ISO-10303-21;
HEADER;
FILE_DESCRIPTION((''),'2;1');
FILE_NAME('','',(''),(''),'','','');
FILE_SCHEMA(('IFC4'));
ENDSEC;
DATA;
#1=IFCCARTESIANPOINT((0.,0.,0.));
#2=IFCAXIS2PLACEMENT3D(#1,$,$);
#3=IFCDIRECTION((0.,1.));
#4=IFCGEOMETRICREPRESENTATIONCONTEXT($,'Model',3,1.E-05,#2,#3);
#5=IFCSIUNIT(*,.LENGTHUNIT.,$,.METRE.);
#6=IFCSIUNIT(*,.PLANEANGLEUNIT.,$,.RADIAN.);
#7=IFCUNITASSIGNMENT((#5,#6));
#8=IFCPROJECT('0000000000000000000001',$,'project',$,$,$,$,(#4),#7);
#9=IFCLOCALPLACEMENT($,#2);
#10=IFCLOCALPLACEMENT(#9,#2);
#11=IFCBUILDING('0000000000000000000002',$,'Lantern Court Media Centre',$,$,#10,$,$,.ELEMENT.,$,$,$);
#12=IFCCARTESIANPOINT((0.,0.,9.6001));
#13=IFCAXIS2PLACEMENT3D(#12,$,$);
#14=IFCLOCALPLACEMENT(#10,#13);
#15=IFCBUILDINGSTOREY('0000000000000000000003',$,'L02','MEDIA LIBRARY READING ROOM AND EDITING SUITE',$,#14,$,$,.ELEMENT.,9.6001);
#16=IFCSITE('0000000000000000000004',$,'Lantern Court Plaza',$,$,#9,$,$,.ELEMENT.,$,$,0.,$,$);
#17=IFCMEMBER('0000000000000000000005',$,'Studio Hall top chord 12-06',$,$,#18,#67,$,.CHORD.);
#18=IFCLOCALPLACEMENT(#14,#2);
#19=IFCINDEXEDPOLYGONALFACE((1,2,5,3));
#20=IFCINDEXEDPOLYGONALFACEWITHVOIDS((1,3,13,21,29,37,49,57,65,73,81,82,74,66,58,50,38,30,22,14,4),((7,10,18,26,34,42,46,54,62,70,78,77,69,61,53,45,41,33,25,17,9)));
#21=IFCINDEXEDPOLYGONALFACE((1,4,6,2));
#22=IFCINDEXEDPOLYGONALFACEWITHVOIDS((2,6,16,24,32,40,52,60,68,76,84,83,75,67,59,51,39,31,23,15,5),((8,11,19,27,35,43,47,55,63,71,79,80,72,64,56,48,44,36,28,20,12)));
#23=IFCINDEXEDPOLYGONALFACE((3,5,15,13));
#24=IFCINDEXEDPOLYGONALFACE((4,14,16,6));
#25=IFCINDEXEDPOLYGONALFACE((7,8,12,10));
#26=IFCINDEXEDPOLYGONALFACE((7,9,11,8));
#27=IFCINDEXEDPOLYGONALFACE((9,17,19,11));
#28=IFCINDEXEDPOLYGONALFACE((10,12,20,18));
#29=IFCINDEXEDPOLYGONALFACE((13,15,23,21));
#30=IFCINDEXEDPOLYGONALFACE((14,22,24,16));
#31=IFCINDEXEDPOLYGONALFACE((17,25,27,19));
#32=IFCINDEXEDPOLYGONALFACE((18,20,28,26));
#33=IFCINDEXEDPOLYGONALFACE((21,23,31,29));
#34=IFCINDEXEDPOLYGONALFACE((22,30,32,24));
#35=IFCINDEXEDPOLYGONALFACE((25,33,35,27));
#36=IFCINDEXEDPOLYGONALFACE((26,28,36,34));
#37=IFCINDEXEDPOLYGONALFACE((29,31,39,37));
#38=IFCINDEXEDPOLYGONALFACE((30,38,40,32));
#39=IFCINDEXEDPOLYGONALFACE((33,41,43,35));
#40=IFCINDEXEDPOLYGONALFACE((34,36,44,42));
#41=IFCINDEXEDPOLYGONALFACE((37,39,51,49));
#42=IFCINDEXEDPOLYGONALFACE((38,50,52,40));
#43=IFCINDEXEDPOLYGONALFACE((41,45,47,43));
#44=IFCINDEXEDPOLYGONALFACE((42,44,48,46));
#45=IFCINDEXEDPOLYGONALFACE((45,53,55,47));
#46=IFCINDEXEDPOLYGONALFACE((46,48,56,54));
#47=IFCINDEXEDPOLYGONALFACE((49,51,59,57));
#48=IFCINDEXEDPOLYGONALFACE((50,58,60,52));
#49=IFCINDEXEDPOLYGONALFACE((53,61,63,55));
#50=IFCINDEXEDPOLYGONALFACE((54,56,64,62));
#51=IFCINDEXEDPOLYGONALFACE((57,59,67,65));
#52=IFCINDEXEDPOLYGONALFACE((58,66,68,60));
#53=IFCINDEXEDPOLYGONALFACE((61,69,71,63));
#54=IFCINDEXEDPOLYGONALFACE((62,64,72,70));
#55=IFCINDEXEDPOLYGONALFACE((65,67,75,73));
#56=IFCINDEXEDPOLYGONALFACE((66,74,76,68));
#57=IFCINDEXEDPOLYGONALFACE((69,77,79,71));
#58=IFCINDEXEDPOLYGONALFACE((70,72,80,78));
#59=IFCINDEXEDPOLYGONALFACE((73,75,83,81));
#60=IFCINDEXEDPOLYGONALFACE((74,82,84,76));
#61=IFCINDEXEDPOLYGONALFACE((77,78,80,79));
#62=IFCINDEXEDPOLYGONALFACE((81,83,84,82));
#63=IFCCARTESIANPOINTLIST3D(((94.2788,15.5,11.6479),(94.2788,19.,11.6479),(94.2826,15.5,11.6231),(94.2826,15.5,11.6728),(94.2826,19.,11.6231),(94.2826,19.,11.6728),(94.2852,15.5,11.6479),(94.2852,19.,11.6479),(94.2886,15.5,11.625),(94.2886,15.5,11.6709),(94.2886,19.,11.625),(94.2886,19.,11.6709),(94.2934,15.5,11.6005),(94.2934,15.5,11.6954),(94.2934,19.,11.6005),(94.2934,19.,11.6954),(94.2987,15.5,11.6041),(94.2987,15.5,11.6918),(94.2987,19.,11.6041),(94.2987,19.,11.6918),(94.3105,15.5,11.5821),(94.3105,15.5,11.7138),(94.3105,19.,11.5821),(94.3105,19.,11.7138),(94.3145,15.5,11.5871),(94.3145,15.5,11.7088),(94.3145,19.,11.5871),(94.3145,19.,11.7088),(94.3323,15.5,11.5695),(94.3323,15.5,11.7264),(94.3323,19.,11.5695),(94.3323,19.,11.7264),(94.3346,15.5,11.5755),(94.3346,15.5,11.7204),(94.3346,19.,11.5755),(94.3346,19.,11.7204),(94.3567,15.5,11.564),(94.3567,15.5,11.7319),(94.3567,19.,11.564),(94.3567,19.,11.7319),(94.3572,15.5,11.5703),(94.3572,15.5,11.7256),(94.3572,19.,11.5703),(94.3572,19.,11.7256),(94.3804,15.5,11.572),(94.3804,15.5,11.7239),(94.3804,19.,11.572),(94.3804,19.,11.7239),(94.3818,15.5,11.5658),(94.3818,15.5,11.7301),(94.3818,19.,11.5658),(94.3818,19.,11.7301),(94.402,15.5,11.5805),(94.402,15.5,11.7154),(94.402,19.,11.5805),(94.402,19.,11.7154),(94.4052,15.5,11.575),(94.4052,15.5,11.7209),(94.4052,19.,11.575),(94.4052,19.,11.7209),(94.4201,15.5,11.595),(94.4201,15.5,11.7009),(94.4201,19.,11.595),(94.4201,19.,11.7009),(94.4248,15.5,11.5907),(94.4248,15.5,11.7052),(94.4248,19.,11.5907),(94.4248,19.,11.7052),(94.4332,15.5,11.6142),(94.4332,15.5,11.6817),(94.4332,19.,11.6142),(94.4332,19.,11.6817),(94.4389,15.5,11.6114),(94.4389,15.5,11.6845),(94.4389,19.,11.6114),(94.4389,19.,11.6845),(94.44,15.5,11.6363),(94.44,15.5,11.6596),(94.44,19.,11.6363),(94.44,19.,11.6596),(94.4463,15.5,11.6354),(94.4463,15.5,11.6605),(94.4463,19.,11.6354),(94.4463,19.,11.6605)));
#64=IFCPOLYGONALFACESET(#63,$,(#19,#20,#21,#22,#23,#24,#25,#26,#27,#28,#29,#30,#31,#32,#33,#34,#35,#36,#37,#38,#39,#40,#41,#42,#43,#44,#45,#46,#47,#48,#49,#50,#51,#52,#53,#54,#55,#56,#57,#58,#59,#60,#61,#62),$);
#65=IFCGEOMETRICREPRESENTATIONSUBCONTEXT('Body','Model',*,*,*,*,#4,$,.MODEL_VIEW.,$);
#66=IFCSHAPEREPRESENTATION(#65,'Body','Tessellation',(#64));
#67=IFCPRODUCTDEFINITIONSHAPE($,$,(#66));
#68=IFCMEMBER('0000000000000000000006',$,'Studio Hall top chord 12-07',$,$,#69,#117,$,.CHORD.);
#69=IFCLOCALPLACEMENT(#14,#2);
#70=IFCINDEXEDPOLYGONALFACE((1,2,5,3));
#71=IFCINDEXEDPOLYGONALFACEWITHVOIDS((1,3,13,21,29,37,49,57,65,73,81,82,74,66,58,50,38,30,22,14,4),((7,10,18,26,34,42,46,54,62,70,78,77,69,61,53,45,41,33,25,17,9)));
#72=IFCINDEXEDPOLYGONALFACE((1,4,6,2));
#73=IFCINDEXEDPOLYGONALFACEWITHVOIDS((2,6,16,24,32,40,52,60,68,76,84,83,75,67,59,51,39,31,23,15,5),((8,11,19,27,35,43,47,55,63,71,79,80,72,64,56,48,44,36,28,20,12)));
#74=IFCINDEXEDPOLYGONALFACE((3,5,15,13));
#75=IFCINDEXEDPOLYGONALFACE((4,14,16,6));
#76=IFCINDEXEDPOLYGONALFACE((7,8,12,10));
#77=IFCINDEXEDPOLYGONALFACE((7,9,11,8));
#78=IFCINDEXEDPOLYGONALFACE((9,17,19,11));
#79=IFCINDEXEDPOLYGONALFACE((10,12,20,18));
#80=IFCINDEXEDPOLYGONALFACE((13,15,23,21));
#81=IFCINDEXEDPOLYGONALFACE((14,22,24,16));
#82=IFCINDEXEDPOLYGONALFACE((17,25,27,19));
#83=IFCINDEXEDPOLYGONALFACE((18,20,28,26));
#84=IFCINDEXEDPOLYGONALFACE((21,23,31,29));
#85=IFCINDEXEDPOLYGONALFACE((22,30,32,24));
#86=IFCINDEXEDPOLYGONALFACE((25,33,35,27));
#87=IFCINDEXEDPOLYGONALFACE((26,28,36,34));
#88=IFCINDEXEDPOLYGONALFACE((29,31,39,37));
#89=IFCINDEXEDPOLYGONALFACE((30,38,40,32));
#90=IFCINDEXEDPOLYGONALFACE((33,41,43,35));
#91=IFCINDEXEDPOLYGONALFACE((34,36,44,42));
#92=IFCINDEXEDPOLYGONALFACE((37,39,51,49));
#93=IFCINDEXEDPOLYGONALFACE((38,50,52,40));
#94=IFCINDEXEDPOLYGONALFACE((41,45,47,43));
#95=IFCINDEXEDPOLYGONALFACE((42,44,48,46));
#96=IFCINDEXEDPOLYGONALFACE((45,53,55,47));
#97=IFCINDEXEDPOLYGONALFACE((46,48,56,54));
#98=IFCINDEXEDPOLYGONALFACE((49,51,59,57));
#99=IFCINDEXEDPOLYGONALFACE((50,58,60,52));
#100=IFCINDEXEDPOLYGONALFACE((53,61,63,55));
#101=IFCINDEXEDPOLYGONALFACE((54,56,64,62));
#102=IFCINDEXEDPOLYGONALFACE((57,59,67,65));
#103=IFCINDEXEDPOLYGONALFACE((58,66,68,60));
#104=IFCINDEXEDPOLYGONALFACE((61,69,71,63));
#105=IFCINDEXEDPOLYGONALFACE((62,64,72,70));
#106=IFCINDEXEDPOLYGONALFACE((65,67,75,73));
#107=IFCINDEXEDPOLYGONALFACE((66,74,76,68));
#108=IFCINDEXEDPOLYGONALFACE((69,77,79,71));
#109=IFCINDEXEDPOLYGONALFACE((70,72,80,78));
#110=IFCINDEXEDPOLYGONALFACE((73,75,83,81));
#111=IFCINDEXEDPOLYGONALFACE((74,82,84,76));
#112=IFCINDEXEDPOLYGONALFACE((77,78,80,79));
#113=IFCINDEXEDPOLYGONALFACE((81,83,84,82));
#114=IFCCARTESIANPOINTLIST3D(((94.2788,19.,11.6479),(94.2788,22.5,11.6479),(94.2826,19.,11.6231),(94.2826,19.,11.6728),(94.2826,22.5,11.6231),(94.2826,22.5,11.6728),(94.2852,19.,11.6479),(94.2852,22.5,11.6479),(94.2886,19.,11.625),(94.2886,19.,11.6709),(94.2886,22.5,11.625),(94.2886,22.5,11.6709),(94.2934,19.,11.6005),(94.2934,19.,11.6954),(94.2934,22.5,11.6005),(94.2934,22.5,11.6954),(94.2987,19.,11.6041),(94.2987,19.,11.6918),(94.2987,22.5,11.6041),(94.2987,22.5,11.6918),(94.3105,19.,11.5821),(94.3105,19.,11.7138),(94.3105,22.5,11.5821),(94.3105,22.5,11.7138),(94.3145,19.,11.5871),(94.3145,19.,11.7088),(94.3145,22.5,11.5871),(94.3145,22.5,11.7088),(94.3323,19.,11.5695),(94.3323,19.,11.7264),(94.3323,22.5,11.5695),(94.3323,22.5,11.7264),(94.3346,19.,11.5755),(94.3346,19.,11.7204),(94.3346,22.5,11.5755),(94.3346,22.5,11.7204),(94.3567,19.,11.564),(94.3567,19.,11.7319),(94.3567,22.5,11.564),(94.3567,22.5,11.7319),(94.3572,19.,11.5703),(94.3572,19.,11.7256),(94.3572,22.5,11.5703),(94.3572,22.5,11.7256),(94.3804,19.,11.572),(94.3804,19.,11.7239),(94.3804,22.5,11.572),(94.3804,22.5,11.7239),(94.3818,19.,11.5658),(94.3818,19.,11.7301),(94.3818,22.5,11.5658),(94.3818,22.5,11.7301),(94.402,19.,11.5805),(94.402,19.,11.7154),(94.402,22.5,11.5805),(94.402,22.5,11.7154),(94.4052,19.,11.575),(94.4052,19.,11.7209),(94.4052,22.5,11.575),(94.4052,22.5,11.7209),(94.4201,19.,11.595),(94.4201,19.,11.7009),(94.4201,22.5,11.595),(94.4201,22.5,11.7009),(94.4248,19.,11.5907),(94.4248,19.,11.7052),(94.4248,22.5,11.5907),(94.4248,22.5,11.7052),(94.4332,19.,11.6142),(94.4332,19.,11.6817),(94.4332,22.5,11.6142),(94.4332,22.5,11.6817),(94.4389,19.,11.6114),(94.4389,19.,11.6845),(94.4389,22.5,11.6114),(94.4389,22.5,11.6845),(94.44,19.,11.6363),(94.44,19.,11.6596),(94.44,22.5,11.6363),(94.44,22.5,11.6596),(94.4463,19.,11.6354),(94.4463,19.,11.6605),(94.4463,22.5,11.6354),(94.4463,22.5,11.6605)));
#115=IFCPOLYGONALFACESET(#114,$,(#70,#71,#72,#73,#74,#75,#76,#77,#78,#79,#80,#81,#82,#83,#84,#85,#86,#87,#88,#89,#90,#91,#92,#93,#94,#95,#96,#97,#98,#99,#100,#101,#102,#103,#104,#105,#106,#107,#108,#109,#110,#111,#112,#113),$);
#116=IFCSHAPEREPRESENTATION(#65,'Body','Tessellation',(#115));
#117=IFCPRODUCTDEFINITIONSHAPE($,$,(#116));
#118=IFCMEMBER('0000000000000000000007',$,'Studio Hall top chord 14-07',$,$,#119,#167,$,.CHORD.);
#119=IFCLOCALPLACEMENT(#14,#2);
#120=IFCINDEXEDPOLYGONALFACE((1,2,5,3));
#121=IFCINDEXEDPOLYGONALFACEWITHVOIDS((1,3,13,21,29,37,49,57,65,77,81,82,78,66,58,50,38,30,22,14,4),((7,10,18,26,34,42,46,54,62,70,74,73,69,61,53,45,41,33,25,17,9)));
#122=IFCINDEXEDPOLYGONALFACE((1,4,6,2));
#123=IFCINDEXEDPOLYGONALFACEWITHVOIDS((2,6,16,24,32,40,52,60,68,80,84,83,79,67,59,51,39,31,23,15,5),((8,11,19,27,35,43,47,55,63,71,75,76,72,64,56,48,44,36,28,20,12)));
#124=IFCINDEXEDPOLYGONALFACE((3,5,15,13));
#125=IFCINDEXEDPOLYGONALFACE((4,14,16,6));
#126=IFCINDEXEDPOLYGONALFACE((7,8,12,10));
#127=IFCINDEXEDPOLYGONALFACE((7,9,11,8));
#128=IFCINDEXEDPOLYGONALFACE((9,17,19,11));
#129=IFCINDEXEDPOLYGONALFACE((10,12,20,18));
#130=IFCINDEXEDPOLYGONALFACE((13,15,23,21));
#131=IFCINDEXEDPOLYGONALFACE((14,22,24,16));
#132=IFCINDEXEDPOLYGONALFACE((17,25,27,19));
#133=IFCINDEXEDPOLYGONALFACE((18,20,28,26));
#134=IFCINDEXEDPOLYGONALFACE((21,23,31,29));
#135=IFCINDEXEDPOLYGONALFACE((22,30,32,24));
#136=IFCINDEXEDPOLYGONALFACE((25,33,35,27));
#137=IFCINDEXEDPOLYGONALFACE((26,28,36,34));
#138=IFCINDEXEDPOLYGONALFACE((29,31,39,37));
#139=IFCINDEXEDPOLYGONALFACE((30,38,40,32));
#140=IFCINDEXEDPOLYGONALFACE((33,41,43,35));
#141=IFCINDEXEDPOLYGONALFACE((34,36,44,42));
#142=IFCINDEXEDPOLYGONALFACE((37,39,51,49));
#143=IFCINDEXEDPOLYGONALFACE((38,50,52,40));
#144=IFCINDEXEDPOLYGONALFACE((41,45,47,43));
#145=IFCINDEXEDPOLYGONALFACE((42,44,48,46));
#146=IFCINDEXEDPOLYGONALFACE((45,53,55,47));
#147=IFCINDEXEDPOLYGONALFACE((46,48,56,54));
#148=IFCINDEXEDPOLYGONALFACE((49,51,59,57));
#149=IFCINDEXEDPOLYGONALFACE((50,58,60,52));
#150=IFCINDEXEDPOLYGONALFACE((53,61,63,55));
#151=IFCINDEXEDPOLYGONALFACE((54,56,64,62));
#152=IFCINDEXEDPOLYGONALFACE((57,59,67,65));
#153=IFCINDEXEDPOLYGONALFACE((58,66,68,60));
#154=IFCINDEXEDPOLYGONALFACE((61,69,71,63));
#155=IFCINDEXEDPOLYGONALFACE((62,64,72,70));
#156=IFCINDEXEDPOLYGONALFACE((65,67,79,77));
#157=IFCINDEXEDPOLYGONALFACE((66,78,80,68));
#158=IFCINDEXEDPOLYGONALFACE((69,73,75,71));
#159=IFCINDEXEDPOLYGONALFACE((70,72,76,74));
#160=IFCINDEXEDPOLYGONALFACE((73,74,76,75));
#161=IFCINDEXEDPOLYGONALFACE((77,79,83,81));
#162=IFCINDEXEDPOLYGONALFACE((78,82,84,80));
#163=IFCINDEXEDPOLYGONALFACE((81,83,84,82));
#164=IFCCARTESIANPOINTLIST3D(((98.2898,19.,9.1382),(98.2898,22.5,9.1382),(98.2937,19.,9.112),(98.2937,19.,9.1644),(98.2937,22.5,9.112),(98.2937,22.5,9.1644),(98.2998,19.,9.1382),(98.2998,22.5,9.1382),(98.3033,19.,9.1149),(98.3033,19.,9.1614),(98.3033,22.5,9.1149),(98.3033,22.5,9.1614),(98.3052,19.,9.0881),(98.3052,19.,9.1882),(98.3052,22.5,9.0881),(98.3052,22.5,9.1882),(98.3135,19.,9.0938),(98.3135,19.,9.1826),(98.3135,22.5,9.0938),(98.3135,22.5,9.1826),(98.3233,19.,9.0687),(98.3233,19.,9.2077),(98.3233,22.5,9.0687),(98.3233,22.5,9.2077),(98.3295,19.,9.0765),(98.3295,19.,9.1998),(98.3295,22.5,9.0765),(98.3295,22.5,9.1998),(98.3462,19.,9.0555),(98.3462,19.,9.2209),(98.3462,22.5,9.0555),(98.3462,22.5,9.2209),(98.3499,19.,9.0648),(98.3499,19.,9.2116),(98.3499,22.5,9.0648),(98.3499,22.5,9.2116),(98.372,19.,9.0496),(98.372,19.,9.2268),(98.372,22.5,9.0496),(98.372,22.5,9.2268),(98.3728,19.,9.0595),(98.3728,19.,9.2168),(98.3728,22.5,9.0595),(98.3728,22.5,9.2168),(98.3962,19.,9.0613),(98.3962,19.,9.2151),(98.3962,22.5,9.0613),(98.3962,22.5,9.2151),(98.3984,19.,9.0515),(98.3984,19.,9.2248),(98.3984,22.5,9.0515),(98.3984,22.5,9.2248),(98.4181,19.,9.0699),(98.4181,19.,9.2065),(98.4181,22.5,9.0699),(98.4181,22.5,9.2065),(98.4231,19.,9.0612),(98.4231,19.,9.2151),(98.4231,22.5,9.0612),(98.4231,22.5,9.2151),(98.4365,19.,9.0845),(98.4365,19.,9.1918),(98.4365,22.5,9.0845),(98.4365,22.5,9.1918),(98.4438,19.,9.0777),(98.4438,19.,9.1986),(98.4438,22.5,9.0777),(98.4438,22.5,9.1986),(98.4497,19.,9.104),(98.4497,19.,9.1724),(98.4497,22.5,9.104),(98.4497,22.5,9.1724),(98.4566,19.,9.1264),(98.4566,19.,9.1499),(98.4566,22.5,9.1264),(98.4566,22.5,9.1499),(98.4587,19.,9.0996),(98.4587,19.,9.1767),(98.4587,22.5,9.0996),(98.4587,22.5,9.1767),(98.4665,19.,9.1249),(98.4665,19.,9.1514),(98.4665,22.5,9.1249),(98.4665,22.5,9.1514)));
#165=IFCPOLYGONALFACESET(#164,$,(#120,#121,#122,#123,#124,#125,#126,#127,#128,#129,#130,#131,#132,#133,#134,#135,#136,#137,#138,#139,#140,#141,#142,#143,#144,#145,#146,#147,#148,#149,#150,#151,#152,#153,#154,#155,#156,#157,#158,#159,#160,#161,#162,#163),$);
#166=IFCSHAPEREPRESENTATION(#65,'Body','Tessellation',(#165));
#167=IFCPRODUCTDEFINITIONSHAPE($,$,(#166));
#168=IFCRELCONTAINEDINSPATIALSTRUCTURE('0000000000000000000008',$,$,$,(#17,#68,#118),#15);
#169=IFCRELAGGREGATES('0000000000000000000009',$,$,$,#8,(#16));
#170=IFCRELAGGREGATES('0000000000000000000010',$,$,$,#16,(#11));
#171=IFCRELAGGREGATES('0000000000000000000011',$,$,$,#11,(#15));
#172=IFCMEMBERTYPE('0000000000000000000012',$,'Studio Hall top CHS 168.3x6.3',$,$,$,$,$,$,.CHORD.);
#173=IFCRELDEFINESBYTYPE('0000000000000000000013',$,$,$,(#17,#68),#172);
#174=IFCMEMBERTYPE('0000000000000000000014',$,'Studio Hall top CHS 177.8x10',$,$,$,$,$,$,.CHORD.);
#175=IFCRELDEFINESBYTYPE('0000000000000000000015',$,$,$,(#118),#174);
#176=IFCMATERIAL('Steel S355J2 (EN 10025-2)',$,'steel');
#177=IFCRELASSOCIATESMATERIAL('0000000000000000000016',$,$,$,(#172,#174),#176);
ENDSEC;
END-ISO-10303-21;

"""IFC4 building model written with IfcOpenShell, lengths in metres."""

from ifc_helpers import new_model, si_unit, direction, frame, origin, origin_2d, place, context, subcontext, project, spatial, hollow_circle, extrude, material, material_profile, profile_set, type_object, element, save


model = new_model("IFC4")

# Units and contexts
model_context = context("Model", 3, precision=1e-05, world=origin(), true_north=direction((0.0, 1.0)))
body_context = subcontext(model_context, "Body", "Model", "MODEL_VIEW")
ifc_project = project(units=[si_unit("LENGTHUNIT", "METRE"), si_unit("PLANEANGLEUNIT", "RADIAN")], contexts=[model_context])

# Site, building, storey
site_placement = place(None, origin())
site = spatial("IfcSite", under=ifc_project, at=site_placement, Name="Lantern Court Plaza", CompositionType="ELEMENT", RefElevation=0.0)
building_placement = place(site_placement, origin())
building = spatial("IfcBuilding", under=site, at=building_placement, Name="Lantern Court Media Centre", CompositionType="ELEMENT")
storey_placement = place(building_placement, frame((0.0, 0.0, 9.6001)))
storey = spatial("IfcBuildingStorey", under=building, at=storey_placement, Name="L02", Description="MEDIA LIBRARY READING ROOM AND EDITING SUITE", CompositionType="ELEMENT", Elevation=9.6001)

# Members
ifc_material = material(Name="Steel S355J2 (EN 10025-2)", Category="steel")
ifc_material_profile_1 = material_profile(ifc_material, hollow_circle(Radius=0.0842, WallThickness=0.0063, at=origin_2d()), Name="Studio Hall top CHS 168.3x6.3")
ifc_profile_set_1 = profile_set([ifc_material_profile_1], Name="Steel S355J2 (EN 10025-2)")
member_type_1 = type_object("IfcMemberType", Name="Studio Hall top CHS 168.3x6.3", PredefinedType="CHORD", material=ifc_profile_set_1)
for number, where, z_axis, x_axis, name in (
    (1, (94.363, 15.5, 11.6479), (0.0, 1.0, 0.0), (-1.0, 0.0, 0.0), "Studio Hall top chord 12-06"),
    (2, (94.363, 19.0, 11.6479), (0.0, 1.0, 0.0), (-1.0, 0.0, 0.0), "Studio Hall top chord 12-07"),
):
    element("IfcMember", number, at=place(storey_placement, frame(where, z_axis=z_axis, x_axis=x_axis)), inside=storey, type_object=member_type_1, Name=name, PredefinedType="CHORD", context=body_context, shape_type="SweptSolid", body=[
        extrude(hollow_circle(Radius=0.0842, WallThickness=0.0063, at=origin_2d()), origin(), (0.0, 0.0, 1.0), 3.5),
    ])
ifc_material_profile_2 = material_profile(ifc_material, hollow_circle(Radius=0.0889, WallThickness=0.01, at=origin_2d()), Name="Studio Hall top CHS 177.8x10")
ifc_profile_set_2 = profile_set([ifc_material_profile_2], Name="Steel S355J2 (EN 10025-2)")
member_type_2 = type_object("IfcMemberType", Name="Studio Hall top CHS 177.8x10", PredefinedType="CHORD", material=ifc_profile_set_2)
member_1_placement = place(storey_placement, frame((98.3787, 19.0, 9.1382), z_axis=(0.0, 1.0, 0.0), x_axis=(-1.0, 0.0, 0.0)))
element("IfcMember", 3, at=member_1_placement, inside=storey, type_object=member_type_2, Name="Studio Hall top chord 14-07", PredefinedType="CHORD", context=body_context, shape_type="SweptSolid", body=[
    extrude(hollow_circle(Radius=0.0889, WallThickness=0.01, at=origin_2d()), origin(), (0.0, 0.0, 1.0), 3.5),
])

save(model, "model.ifc")
